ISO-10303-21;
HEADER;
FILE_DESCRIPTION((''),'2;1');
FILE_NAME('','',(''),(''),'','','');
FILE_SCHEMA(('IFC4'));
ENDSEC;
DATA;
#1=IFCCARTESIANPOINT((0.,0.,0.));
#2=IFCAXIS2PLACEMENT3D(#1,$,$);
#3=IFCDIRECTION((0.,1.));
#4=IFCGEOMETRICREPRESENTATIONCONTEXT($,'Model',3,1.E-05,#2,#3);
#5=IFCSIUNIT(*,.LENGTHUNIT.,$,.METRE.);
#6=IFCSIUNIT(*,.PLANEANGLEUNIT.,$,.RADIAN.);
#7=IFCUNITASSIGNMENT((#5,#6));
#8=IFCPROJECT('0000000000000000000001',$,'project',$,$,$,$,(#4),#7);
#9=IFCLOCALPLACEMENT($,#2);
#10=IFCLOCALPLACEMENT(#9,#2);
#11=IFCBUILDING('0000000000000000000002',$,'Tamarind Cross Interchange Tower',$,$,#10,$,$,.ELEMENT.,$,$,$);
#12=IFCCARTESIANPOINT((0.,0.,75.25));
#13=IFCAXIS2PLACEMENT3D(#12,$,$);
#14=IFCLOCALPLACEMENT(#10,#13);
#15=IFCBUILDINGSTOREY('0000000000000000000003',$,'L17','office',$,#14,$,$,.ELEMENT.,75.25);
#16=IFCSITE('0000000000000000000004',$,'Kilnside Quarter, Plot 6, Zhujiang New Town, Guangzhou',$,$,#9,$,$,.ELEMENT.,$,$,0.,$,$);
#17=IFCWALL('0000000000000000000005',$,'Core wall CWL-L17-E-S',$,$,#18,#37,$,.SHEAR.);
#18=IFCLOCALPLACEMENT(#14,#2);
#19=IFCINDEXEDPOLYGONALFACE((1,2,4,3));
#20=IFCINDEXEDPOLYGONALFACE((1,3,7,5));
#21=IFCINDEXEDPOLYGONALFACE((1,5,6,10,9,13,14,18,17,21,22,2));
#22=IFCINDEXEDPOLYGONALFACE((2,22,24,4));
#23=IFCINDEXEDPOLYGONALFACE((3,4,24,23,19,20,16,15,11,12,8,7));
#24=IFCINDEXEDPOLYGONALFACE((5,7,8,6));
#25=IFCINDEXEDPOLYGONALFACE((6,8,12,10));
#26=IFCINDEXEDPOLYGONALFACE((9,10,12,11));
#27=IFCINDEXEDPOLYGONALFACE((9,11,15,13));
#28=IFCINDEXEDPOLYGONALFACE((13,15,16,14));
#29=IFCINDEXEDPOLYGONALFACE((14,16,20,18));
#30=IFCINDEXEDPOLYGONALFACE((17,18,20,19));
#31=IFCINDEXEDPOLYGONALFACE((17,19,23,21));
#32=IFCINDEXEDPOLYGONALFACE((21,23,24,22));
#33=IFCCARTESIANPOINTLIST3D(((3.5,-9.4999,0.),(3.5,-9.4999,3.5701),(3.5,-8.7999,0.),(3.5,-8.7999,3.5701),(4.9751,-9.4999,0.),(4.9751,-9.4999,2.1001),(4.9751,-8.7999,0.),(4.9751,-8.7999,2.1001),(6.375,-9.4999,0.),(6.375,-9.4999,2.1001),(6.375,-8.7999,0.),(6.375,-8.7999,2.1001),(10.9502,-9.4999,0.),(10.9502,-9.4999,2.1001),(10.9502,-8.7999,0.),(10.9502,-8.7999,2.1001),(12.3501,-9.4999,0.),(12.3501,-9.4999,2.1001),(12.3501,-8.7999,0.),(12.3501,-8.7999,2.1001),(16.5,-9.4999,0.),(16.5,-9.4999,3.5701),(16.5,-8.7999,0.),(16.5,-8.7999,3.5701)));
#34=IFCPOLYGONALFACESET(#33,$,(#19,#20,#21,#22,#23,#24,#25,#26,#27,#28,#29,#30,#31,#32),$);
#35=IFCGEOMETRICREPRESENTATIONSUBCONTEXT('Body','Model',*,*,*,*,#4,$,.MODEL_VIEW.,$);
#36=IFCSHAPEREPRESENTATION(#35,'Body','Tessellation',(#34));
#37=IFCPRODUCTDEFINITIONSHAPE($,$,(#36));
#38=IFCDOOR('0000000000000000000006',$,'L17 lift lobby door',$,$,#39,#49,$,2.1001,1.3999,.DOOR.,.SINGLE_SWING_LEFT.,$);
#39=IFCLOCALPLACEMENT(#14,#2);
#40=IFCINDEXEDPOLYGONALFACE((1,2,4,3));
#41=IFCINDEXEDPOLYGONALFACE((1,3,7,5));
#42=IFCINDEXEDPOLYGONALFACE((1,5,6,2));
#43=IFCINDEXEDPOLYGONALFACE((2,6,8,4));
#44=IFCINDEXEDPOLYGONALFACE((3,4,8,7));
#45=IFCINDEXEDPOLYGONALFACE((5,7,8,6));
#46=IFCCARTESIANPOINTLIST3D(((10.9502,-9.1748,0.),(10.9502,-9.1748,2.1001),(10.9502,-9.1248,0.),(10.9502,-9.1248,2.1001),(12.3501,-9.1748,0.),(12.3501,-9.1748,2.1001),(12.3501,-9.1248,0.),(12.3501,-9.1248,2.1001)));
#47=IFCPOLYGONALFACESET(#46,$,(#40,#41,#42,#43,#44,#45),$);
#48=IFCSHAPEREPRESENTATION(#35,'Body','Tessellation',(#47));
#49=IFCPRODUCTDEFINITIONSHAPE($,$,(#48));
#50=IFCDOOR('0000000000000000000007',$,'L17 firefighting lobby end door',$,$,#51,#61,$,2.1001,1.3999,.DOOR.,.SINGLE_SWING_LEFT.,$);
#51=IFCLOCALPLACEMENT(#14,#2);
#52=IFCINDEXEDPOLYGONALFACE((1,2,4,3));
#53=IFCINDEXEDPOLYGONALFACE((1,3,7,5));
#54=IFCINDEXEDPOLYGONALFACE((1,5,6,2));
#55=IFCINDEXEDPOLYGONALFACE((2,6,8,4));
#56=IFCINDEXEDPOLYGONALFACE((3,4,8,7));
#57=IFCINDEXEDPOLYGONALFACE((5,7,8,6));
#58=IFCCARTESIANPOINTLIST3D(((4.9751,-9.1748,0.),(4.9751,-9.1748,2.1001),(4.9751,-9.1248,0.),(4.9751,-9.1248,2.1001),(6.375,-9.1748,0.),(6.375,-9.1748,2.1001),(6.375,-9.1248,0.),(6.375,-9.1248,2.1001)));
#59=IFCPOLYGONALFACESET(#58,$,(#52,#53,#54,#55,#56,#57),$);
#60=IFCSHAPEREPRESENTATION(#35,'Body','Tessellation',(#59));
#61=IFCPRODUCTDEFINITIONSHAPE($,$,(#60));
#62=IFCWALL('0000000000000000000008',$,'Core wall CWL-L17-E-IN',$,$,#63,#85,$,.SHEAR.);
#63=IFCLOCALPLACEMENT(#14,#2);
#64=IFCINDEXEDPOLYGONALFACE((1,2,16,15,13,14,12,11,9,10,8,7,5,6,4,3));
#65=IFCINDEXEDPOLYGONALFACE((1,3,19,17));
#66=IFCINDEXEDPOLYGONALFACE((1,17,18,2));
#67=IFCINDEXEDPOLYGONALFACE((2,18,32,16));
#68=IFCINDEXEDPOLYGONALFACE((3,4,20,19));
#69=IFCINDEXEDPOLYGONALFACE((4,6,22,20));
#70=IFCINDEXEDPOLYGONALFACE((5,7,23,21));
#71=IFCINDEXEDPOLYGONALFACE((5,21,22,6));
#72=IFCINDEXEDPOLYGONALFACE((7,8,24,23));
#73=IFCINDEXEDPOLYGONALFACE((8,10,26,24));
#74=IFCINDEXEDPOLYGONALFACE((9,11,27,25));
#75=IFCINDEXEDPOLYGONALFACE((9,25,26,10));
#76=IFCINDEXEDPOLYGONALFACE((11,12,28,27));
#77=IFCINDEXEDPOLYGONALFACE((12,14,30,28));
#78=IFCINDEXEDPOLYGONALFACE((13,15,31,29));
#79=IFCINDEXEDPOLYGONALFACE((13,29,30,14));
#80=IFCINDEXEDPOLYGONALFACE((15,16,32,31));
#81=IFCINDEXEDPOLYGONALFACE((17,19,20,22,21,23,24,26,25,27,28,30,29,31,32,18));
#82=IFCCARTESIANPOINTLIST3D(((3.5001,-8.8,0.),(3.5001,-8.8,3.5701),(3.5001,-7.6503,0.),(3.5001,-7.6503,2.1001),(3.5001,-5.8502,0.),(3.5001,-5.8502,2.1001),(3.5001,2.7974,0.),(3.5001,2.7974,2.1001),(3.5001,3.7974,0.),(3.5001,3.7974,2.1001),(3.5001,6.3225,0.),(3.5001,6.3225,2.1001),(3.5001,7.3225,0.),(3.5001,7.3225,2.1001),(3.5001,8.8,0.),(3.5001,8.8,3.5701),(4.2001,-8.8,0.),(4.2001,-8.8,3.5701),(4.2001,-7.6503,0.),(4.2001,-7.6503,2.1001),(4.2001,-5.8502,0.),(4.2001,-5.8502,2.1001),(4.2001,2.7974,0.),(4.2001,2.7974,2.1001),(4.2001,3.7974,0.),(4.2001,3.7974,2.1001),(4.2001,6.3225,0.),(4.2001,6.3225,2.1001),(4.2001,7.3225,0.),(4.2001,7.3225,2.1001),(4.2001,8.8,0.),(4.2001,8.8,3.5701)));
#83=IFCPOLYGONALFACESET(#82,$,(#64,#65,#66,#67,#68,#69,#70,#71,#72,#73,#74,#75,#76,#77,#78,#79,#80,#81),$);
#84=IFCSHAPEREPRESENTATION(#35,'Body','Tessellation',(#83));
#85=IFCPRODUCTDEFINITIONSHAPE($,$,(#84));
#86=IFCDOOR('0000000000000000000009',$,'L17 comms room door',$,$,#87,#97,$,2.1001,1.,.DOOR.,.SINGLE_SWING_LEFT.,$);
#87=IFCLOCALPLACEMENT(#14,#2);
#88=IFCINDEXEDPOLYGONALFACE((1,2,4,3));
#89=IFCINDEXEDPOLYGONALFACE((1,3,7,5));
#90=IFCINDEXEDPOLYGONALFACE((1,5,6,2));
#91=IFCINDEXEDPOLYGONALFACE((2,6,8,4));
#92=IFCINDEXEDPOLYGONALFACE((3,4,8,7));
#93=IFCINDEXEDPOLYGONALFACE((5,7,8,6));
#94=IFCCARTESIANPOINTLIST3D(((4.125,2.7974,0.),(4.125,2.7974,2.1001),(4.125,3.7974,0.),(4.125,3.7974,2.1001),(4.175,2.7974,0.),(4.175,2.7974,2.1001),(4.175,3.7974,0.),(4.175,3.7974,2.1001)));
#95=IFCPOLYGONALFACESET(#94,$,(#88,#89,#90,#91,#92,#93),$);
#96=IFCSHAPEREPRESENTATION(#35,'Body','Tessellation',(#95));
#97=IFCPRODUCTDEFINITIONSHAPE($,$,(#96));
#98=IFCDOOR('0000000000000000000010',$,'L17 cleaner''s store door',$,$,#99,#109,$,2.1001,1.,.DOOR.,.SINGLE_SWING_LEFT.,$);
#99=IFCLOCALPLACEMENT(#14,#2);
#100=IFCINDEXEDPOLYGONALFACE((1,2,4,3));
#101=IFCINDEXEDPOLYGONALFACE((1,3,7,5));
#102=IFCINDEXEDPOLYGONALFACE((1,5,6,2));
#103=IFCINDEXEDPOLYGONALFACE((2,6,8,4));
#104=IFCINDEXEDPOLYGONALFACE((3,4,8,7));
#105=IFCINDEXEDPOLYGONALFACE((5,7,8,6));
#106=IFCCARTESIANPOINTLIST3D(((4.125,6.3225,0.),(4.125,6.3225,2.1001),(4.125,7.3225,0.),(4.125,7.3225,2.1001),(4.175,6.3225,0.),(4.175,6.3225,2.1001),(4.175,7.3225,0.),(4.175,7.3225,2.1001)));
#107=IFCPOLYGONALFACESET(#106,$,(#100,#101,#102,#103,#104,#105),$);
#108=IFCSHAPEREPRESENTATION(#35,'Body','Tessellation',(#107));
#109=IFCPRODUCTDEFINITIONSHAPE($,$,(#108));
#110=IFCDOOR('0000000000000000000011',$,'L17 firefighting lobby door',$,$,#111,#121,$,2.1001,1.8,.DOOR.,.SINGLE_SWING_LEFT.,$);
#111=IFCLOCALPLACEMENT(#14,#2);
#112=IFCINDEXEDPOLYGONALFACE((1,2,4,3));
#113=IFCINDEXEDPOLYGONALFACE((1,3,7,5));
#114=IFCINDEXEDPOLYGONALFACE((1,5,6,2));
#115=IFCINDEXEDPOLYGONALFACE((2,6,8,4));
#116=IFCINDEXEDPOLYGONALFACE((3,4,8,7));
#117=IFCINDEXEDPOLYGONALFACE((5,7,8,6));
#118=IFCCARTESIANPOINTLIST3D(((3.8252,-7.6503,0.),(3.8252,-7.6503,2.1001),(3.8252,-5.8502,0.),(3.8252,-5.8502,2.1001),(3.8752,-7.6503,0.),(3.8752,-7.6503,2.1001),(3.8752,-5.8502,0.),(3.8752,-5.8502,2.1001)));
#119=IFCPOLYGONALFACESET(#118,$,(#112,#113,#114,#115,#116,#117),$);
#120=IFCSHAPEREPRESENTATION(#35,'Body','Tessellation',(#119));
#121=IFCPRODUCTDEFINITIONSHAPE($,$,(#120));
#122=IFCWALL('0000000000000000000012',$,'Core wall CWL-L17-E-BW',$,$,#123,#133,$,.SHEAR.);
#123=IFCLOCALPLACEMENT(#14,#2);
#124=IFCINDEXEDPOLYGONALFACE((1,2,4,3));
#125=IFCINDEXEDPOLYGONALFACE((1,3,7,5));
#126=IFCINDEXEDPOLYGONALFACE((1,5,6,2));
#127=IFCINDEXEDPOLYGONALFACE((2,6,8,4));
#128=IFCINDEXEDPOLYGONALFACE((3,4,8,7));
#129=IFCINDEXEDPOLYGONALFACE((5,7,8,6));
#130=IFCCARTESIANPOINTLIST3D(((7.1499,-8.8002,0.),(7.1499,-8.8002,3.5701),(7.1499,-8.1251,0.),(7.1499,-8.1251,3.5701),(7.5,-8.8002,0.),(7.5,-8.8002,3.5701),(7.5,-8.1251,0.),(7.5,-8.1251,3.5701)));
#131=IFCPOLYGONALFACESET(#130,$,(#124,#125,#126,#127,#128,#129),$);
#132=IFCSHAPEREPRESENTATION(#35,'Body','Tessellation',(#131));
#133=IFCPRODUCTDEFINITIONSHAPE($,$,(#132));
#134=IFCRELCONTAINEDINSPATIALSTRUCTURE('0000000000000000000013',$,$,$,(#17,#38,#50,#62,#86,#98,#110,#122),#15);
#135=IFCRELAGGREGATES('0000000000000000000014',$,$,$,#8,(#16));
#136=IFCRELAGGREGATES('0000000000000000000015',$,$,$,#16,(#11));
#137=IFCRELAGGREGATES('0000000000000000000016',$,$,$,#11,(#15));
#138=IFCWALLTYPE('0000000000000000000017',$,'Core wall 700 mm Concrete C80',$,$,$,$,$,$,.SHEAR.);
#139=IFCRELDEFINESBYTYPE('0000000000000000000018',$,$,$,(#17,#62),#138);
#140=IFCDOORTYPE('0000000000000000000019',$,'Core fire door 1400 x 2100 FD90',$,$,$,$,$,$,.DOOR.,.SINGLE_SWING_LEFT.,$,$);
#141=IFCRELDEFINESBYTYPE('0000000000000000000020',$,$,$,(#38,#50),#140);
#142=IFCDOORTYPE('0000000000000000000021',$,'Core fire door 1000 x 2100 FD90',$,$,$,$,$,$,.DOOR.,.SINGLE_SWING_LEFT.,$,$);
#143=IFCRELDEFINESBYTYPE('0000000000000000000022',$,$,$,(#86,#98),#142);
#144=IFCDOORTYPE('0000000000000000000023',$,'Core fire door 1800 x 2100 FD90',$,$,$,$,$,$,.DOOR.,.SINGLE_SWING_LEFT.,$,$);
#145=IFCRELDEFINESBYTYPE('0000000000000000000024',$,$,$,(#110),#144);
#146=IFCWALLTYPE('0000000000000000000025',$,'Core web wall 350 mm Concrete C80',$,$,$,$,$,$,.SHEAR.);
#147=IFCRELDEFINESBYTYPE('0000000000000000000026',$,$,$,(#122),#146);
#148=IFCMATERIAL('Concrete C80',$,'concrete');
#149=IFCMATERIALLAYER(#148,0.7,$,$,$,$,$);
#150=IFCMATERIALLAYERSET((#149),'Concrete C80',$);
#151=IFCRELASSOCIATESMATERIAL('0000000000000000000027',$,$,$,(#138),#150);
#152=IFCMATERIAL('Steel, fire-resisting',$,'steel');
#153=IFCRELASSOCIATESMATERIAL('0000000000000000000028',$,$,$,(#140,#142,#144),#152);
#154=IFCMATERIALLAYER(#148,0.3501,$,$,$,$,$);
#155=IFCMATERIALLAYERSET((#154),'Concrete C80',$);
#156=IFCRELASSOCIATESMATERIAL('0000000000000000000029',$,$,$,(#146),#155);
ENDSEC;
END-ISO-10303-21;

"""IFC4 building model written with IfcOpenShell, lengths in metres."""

from ifc_helpers import new_model, si_unit, direction, frame, frame_2d, origin, place, context, subcontext, project, spatial, rectangle, extrude, material, layer, layer_set, type_object, element, fill, save


model = new_model("IFC4")

# Units and contexts
model_context = context("Model", 3, precision=1e-05, world=origin(), true_north=direction((0.0, 1.0)))
body_context = subcontext(model_context, "Body", "Model", "MODEL_VIEW")
ifc_project = project(units=[si_unit("LENGTHUNIT", "METRE"), si_unit("PLANEANGLEUNIT", "RADIAN")], contexts=[model_context])

# Site, building, storey
site_placement = place(None, origin())
site = spatial("IfcSite", under=ifc_project, at=site_placement, Name="Kilnside Quarter, Plot 6, Zhujiang New Town, Guangzhou", CompositionType="ELEMENT", RefElevation=0.0)
building_placement = place(site_placement, origin())
building = spatial("IfcBuilding", under=site, at=building_placement, Name="Tamarind Cross Interchange Tower", CompositionType="ELEMENT")
storey_placement = place(building_placement, frame((0.0, 0.0, 75.25)))
storey = spatial("IfcBuildingStorey", under=building, at=storey_placement, Name="L17", Description="office", CompositionType="ELEMENT", Elevation=75.25)

# Walls, openings, doors
ifc_material_1 = material(Name="Concrete C80", Category="concrete")
ifc_layer_1 = layer(ifc_material_1, 0.7)
ifc_layer_set_1 = layer_set([ifc_layer_1], Name="Concrete C80")
wall_type_1 = type_object("IfcWallType", Name="Core wall 700 mm Concrete C80", PredefinedType="SHEAR", material=ifc_layer_set_1)
wall_1_placement = place(storey_placement, frame((16.5, -9.1499, 0.0), z_axis=(0.0, 0.0, 1.0), x_axis=(-1.0, 0.0, 0.0)))
wall_1 = element("IfcWall", 1, at=wall_1_placement, inside=storey, type_object=wall_type_1, Name="Core wall CWL-L17-E-S", PredefinedType="SHEAR", context=body_context, shape_type="SweptSolid", body=[
    extrude(rectangle(XDim=13.0, YDim=0.7, at=frame_2d((6.5, 0.0))), origin(), (0.0, 0.0, 1.0), 3.5701),
])
opening_1_placement = place(wall_1_placement, frame((4.1499, 0.0, 0.0)))
opening_1 = element("IfcOpeningElement", 2, at=opening_1_placement, cuts=wall_1, PredefinedType="OPENING", context=body_context, shape_type="SweptSolid", body=[
    extrude(rectangle(XDim=1.3999, YDim=2.1001, at=frame_2d((0.7, 1.05))), frame((0.0, 0.3599, 0.0), z_axis=(0.0, -1.0, 0.0), x_axis=(1.0, 0.0, 0.0)), (0.0, 0.0, 1.0), 0.72),
])
opening_2_placement = place(wall_1_placement, frame((10.125, 0.0, 0.0)))
opening_2 = element("IfcOpeningElement", 3, at=opening_2_placement, cuts=wall_1, PredefinedType="OPENING", context=body_context, shape_type="SweptSolid", body=[
    extrude(rectangle(XDim=1.3999, YDim=2.1001, at=frame_2d((0.7, 1.05))), frame((0.0, 0.3599, 0.0), z_axis=(0.0, -1.0, 0.0), x_axis=(1.0, 0.0, 0.0)), (0.0, 0.0, 1.0), 0.72),
])
ifc_material_2 = material(Name="Steel, fire-resisting", Category="steel")
door_type_1 = type_object("IfcDoorType", Name="Core fire door 1400 x 2100 FD90", OperationType="SINGLE_SWING_LEFT", PredefinedType="DOOR", material=ifc_material_2)
door_1_placement = place(opening_1_placement, origin())
door_1 = element("IfcDoor", 4, at=door_1_placement, inside=storey, type_object=door_type_1, Name="L17 lift lobby door", OperationType="SINGLE_SWING_LEFT", OverallHeight=2.1001, OverallWidth=1.3999, PredefinedType="DOOR", context=body_context, shape_type="SweptSolid", body=[
    extrude(rectangle(XDim=1.3999, YDim=2.1001, at=frame_2d((0.7, 1.05))), frame((0.0, 0.0249, 0.0), z_axis=(0.0, -1.0, 0.0), x_axis=(1.0, 0.0, 0.0)), (0.0, 0.0, 1.0), 0.05),
])
fill(opening_1, door_1)
door_2_placement = place(opening_2_placement, origin())
door_2 = element("IfcDoor", 5, at=door_2_placement, inside=storey, type_object=door_type_1, Name="L17 firefighting lobby end door", OperationType="SINGLE_SWING_LEFT", OverallHeight=2.1001, OverallWidth=1.3999, PredefinedType="DOOR", context=body_context, shape_type="SweptSolid", body=[
    extrude(rectangle(XDim=1.3999, YDim=2.1001, at=frame_2d((0.7, 1.05))), frame((0.0, 0.0249, 0.0), z_axis=(0.0, -1.0, 0.0), x_axis=(1.0, 0.0, 0.0)), (0.0, 0.0, 1.0), 0.05),
])
fill(opening_2, door_2)
wall_2_placement = place(storey_placement, frame((3.8501, -8.8, 0.0), z_axis=(0.0, 0.0, 1.0), x_axis=(0.0, 1.0, 0.0)))
wall_2 = element("IfcWall", 6, at=wall_2_placement, inside=storey, type_object=wall_type_1, Name="Core wall CWL-L17-E-IN", PredefinedType="SHEAR", context=body_context, shape_type="SweptSolid", body=[
    extrude(rectangle(XDim=17.6001, YDim=0.7, at=frame_2d((8.8, 0.0))), origin(), (0.0, 0.0, 1.0), 3.5701),
])
opening_3_placement = place(wall_2_placement, frame((1.1499, 0.0, 0.0)))
opening_3 = element("IfcOpeningElement", 7, at=opening_3_placement, cuts=wall_2, PredefinedType="OPENING", context=body_context, shape_type="SweptSolid", body=[
    extrude(rectangle(XDim=1.8, YDim=2.1001, at=frame_2d((0.8999, 1.05))), frame((0.0, 0.3599, 0.0), z_axis=(0.0, -1.0, 0.0), x_axis=(1.0, 0.0, 0.0)), (0.0, 0.0, 1.0), 0.72),
])
opening_4_placement = place(wall_2_placement, frame((11.5974, 0.0, 0.0)))
opening_4 = element("IfcOpeningElement", 8, at=opening_4_placement, cuts=wall_2, PredefinedType="OPENING", context=body_context, shape_type="SweptSolid", body=[
    extrude(rectangle(XDim=1.0, YDim=2.1001, at=frame_2d((0.5, 1.05))), frame((0.0, 0.3599, 0.0), z_axis=(0.0, -1.0, 0.0), x_axis=(1.0, 0.0, 0.0)), (0.0, 0.0, 1.0), 0.72),
])
opening_5_placement = place(wall_2_placement, frame((15.1226, 0.0, 0.0)))
opening_5 = element("IfcOpeningElement", 9, at=opening_5_placement, cuts=wall_2, PredefinedType="OPENING", context=body_context, shape_type="SweptSolid", body=[
    extrude(rectangle(XDim=1.0, YDim=2.1001, at=frame_2d((0.5, 1.05))), frame((0.0, 0.3599, 0.0), z_axis=(0.0, -1.0, 0.0), x_axis=(1.0, 0.0, 0.0)), (0.0, 0.0, 1.0), 0.72),
])
door_type_2 = type_object("IfcDoorType", Name="Core fire door 1000 x 2100 FD90", OperationType="SINGLE_SWING_LEFT", PredefinedType="DOOR", material=ifc_material_2)
door_3_placement = place(opening_4_placement, origin())
door_3 = element("IfcDoor", 10, at=door_3_placement, inside=storey, type_object=door_type_2, Name="L17 comms room door", OperationType="SINGLE_SWING_LEFT", OverallHeight=2.1001, OverallWidth=1.0, PredefinedType="DOOR", context=body_context, shape_type="SweptSolid", body=[
    extrude(rectangle(XDim=1.0, YDim=2.1001, at=frame_2d((0.5, 1.05))), frame((0.0, -0.2749, 0.0), z_axis=(0.0, -1.0, 0.0), x_axis=(1.0, 0.0, 0.0)), (0.0, 0.0, 1.0), 0.05),
])
fill(opening_4, door_3)
door_4_placement = place(opening_5_placement, origin())
door_4 = element("IfcDoor", 11, at=door_4_placement, inside=storey, type_object=door_type_2, Name="L17 cleaner's store door", OperationType="SINGLE_SWING_LEFT", OverallHeight=2.1001, OverallWidth=1.0, PredefinedType="DOOR", context=body_context, shape_type="SweptSolid", body=[
    extrude(rectangle(XDim=1.0, YDim=2.1001, at=frame_2d((0.5, 1.05))), frame((0.0, -0.2749, 0.0), z_axis=(0.0, -1.0, 0.0), x_axis=(1.0, 0.0, 0.0)), (0.0, 0.0, 1.0), 0.05),
])
fill(opening_5, door_4)
door_type_3 = type_object("IfcDoorType", Name="Core fire door 1800 x 2100 FD90", OperationType="SINGLE_SWING_LEFT", PredefinedType="DOOR", material=ifc_material_2)
door_5_placement = place(opening_3_placement, origin())
door_5 = element("IfcDoor", 12, at=door_5_placement, inside=storey, type_object=door_type_3, Name="L17 firefighting lobby door", OperationType="SINGLE_SWING_LEFT", OverallHeight=2.1001, OverallWidth=1.8, PredefinedType="DOOR", context=body_context, shape_type="SweptSolid", body=[
    extrude(rectangle(XDim=1.8, YDim=2.1001, at=frame_2d((0.8999, 1.05))), frame((0.0, 0.0249, 0.0), z_axis=(0.0, -1.0, 0.0), x_axis=(1.0, 0.0, 0.0)), (0.0, 0.0, 1.0), 0.05),
])
fill(opening_3, door_5)

# Wall
ifc_layer_2 = layer(ifc_material_1, 0.3501)
ifc_layer_set_2 = layer_set([ifc_layer_2], Name="Concrete C80")
wall_type_2 = type_object("IfcWallType", Name="Core web wall 350 mm Concrete C80", PredefinedType="SHEAR", material=ifc_layer_set_2)
wall_3_placement = place(storey_placement, frame((7.325, -8.8, 0.0), z_axis=(0.0, 0.0, 1.0), x_axis=(0.0, 1.0, 0.0)))
element("IfcWall", 13, at=wall_3_placement, inside=storey, type_object=wall_type_2, Name="Core wall CWL-L17-E-BW", PredefinedType="SHEAR", context=body_context, shape_type="SweptSolid", body=[
    extrude(rectangle(XDim=0.675, YDim=0.3501, at=frame_2d((0.3374, 0.0))), origin(), (0.0, 0.0, 1.0), 3.5701),
])

save(model, "model.ifc")
